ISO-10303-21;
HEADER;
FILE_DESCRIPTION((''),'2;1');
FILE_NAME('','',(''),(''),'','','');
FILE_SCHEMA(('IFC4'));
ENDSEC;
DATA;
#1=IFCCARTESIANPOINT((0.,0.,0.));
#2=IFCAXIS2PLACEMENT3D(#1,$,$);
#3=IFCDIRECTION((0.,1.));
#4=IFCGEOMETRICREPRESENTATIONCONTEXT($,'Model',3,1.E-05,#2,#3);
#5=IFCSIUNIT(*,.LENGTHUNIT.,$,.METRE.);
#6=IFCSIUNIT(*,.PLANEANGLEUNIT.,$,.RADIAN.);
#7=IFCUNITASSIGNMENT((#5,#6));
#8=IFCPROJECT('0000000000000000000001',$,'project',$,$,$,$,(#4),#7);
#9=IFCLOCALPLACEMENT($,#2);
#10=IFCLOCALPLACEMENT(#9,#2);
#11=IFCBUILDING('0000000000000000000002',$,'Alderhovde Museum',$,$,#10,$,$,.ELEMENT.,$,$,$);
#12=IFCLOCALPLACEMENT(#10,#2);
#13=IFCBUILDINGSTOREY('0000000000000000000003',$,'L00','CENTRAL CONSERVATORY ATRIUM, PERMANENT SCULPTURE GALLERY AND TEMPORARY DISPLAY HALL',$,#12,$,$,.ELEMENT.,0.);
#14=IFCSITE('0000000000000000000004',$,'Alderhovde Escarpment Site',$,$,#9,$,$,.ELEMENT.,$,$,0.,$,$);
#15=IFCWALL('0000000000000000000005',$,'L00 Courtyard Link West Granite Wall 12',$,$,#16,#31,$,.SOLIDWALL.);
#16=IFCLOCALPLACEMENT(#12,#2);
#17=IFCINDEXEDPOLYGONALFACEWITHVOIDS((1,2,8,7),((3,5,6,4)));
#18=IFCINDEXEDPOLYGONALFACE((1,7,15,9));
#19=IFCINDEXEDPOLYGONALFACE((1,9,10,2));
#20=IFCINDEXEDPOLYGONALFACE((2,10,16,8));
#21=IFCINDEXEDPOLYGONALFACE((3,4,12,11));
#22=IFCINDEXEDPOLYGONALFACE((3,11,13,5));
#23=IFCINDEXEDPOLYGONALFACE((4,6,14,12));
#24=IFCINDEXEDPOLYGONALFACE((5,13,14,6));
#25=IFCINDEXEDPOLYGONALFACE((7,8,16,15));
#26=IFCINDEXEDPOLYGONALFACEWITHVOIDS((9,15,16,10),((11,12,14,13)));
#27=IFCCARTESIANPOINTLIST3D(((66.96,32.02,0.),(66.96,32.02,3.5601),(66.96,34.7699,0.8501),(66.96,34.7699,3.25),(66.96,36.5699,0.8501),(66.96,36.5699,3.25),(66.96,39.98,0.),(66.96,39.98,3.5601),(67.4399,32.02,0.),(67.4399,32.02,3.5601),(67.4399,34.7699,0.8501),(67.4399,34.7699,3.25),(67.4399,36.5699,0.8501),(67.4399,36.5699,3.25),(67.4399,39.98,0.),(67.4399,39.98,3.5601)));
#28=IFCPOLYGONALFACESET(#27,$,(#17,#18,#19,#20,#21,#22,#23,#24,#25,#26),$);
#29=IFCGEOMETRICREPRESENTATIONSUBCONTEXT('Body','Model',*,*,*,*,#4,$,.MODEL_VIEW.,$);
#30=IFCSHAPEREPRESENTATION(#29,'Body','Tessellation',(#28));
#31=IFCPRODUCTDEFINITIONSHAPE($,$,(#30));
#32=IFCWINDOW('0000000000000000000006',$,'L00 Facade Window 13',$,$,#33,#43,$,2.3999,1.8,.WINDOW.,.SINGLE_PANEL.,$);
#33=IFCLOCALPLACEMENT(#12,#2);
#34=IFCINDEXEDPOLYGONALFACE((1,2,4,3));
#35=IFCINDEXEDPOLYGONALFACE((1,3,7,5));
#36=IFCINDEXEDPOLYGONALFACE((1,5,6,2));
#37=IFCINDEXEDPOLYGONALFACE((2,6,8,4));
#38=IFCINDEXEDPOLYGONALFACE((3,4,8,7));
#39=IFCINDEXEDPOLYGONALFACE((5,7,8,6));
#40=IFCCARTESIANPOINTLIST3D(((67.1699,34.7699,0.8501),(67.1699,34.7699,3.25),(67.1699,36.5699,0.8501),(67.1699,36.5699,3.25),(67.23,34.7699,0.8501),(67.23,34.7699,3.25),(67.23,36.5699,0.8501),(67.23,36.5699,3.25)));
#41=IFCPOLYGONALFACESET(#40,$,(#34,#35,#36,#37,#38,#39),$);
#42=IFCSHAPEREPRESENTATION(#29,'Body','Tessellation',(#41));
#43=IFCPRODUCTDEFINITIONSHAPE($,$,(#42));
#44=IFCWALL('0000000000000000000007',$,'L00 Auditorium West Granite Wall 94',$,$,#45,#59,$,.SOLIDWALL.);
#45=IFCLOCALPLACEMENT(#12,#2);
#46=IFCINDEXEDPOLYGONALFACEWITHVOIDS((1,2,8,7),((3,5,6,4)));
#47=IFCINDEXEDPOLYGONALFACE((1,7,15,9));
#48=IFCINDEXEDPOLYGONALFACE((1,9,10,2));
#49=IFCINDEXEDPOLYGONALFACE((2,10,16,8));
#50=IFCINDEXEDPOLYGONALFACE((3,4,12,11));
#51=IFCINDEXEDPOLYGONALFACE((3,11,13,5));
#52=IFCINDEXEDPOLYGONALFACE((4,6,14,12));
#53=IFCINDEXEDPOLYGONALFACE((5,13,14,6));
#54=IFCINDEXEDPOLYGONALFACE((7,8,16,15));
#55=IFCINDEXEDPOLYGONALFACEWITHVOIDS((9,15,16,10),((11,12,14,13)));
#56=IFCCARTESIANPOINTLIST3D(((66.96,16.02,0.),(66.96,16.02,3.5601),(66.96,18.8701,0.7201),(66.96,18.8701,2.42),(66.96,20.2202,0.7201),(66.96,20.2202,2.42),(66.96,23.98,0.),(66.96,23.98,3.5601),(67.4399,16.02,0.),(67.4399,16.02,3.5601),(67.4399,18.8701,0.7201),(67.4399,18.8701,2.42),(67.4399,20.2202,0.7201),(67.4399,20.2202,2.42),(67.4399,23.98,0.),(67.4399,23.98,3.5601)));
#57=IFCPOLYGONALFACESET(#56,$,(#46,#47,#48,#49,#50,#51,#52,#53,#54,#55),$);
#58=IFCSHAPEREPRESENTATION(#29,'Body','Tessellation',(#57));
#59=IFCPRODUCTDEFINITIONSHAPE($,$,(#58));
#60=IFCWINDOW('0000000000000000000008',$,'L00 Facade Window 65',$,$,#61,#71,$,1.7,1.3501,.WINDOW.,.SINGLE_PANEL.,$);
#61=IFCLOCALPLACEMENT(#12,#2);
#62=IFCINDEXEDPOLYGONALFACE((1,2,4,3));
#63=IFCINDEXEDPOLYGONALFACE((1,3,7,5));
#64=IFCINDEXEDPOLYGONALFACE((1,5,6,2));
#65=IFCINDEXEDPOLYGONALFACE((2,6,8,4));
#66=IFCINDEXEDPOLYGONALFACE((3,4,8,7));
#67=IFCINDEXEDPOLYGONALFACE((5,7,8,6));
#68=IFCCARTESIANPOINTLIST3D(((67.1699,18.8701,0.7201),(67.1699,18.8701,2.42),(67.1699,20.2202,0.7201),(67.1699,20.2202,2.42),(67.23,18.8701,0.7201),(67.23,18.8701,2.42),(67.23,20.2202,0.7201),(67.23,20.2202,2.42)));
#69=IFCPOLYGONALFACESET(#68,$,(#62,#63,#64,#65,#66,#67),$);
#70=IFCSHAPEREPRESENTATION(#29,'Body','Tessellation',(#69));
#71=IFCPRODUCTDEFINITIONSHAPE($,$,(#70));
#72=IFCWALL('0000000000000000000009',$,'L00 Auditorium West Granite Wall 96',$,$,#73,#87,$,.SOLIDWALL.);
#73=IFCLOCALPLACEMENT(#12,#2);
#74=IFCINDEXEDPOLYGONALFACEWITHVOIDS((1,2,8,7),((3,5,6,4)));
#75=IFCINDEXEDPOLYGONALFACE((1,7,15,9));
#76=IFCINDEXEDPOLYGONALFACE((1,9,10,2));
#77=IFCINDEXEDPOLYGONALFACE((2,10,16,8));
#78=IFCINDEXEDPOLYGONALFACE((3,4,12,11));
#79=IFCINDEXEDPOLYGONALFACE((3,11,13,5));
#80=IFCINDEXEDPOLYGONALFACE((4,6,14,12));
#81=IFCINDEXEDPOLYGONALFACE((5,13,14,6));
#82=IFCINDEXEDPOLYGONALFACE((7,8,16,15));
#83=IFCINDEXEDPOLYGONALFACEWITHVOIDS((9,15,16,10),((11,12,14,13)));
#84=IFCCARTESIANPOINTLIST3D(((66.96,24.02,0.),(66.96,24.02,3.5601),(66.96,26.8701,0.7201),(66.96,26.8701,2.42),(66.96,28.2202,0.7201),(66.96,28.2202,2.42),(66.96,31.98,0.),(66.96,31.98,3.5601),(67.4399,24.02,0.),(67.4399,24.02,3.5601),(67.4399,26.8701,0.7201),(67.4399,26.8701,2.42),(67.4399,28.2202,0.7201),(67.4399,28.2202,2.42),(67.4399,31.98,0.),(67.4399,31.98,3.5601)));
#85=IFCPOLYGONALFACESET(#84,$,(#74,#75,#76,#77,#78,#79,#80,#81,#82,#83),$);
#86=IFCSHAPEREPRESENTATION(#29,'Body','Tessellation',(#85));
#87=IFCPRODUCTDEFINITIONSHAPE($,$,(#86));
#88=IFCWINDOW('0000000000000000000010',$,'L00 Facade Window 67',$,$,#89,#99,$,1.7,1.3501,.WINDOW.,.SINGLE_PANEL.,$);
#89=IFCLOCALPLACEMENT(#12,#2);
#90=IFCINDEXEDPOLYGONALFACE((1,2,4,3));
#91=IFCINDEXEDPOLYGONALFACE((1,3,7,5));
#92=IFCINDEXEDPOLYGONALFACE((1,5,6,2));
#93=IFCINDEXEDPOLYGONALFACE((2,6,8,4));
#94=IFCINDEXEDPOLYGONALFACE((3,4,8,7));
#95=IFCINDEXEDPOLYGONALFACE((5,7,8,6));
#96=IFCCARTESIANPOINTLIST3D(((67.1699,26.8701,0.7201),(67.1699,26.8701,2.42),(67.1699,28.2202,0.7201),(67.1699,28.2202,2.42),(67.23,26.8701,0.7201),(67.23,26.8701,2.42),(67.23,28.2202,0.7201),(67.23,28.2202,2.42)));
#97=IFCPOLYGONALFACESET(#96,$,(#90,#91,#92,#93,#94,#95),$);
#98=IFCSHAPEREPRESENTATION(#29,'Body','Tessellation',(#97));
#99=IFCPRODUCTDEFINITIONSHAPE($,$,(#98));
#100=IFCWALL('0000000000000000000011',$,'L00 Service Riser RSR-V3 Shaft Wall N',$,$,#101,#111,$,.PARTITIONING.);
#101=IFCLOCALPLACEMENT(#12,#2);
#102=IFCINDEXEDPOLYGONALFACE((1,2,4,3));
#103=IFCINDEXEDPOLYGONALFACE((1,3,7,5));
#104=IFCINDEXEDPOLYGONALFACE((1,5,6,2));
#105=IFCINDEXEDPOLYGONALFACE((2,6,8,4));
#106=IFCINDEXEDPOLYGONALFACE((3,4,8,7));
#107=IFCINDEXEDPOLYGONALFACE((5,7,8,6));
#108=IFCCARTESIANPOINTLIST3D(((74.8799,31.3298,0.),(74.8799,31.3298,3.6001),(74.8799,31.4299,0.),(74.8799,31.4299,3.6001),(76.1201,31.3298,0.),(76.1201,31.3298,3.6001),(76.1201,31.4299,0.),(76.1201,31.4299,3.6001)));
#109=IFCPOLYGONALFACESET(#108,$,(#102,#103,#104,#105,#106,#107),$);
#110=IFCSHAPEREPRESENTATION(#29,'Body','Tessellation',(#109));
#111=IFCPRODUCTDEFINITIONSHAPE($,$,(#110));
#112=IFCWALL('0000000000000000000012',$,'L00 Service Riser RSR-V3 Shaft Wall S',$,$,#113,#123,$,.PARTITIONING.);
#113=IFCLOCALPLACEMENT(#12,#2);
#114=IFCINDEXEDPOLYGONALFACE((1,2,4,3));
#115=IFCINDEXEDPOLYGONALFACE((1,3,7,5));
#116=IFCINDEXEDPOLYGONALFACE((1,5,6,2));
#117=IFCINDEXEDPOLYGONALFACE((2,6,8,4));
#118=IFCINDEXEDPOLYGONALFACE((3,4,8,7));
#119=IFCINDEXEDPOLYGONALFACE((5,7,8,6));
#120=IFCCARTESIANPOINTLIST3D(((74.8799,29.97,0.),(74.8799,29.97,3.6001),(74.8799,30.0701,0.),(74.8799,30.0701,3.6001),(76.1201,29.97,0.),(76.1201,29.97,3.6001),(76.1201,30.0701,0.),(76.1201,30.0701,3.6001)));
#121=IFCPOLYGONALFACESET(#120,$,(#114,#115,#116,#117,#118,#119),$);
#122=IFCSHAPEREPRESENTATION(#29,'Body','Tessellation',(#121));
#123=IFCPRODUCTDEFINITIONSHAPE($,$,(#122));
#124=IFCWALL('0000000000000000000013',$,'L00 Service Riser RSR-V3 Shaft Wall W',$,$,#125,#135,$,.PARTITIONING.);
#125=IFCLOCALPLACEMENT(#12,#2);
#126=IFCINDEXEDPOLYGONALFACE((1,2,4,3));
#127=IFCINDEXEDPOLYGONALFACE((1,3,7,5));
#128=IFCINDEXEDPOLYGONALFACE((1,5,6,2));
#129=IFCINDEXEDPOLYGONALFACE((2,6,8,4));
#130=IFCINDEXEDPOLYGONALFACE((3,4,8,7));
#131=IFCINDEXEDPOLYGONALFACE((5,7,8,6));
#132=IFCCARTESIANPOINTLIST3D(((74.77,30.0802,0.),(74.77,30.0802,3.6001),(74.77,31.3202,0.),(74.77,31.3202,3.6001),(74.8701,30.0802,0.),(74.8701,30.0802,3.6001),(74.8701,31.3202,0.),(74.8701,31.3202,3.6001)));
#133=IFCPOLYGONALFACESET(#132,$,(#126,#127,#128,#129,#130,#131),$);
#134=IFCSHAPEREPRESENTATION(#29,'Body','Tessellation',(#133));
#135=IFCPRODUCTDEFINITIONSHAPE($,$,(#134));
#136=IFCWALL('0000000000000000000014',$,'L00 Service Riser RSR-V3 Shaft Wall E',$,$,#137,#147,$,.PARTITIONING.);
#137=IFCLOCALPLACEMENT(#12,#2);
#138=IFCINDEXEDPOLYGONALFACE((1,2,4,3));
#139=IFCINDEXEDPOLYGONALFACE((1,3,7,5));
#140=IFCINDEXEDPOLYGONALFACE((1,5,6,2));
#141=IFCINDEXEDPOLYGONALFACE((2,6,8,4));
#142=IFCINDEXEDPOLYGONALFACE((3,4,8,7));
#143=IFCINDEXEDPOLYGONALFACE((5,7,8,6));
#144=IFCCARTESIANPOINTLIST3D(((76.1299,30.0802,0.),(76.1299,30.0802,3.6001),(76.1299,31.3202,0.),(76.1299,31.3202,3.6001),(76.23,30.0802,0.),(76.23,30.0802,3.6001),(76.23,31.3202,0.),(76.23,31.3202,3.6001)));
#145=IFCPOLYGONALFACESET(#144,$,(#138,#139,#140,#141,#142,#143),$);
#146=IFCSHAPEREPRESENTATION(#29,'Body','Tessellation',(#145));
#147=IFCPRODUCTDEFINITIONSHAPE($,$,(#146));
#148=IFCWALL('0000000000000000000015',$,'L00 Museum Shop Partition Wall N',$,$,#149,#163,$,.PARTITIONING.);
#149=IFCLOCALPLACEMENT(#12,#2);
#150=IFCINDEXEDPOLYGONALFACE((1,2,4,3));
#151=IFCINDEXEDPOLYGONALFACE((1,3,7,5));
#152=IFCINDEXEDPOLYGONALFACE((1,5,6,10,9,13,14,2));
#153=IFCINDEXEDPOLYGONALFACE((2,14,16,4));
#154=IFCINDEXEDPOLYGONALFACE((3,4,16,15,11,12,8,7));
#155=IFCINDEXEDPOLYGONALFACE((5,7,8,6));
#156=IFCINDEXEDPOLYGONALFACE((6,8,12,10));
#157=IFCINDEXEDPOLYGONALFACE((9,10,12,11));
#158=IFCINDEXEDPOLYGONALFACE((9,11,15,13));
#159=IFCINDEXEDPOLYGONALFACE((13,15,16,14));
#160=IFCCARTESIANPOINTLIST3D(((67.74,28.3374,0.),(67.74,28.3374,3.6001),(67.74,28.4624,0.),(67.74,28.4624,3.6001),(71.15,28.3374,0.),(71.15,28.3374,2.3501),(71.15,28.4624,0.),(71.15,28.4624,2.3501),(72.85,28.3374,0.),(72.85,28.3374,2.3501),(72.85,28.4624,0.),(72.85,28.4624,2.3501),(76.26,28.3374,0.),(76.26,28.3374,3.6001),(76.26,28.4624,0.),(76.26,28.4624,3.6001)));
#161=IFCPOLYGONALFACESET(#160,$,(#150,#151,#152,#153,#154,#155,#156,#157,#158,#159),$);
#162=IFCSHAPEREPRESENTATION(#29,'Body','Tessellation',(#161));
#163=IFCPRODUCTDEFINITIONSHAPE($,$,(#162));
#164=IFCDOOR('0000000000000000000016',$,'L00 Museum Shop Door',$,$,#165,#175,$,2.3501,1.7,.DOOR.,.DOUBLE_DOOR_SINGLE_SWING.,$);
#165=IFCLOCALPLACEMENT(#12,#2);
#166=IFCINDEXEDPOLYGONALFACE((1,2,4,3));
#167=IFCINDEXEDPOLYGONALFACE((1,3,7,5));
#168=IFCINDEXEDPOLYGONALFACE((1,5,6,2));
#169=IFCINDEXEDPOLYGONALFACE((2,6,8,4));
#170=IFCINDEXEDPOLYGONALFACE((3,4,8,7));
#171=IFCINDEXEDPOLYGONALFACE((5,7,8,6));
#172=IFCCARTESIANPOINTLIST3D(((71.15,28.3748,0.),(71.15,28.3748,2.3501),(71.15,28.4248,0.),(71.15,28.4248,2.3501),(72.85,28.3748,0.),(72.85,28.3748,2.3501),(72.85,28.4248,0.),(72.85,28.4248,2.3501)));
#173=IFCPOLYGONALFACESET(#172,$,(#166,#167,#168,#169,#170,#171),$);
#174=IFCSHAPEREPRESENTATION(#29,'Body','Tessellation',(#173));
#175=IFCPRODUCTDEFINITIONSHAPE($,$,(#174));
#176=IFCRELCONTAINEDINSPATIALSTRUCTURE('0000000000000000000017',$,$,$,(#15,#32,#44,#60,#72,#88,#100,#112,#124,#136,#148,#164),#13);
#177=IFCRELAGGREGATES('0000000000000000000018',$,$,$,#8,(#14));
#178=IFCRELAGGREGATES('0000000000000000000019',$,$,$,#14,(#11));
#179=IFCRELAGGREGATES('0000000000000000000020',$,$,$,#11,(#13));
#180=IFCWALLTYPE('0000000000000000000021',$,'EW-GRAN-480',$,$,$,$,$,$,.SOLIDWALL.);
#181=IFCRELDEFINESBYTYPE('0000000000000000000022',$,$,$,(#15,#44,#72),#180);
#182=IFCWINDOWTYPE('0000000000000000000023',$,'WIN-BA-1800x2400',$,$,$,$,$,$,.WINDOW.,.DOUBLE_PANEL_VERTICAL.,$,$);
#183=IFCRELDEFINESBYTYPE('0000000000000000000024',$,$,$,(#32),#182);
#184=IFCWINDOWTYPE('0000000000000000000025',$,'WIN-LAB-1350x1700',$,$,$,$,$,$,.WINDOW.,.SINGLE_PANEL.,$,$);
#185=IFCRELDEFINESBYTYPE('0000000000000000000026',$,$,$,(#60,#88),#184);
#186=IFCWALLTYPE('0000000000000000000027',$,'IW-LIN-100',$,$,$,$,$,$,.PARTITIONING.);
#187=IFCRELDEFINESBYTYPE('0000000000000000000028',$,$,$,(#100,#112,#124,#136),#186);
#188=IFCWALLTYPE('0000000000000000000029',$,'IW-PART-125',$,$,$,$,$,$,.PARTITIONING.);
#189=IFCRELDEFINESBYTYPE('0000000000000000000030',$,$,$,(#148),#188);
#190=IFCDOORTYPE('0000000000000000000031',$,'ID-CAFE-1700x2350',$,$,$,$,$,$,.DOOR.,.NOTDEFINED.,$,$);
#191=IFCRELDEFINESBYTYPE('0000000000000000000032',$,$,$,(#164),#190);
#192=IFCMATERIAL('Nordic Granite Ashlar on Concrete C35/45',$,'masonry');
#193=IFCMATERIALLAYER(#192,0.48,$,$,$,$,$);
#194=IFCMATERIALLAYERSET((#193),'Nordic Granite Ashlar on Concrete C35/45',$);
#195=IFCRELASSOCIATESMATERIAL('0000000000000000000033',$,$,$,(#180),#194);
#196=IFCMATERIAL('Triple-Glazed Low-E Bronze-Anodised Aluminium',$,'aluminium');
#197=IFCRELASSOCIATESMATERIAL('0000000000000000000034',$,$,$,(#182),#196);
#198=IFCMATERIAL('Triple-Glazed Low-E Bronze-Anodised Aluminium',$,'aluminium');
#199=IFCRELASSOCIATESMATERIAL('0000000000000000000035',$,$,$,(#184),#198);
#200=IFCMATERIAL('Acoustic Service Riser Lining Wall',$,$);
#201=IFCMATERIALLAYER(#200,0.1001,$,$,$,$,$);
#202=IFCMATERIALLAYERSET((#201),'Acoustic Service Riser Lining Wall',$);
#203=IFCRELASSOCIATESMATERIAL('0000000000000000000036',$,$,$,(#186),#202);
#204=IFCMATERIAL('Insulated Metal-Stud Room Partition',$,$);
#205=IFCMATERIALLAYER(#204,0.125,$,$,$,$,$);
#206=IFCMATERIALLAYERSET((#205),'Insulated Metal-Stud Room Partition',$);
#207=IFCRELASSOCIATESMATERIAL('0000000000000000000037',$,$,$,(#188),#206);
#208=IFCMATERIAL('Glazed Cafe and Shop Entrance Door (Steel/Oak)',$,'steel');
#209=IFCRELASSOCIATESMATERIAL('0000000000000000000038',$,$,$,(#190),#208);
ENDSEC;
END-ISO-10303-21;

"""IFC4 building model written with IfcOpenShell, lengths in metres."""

from ifc_helpers import new_model, si_unit, direction, frame, frame_2d, origin, place, context, subcontext, project, spatial, rectangle, extrude, material, layer, layer_set, type_object, element, fill, save


model = new_model("IFC4")

# Units and contexts
model_context = context("Model", 3, precision=1e-05, world=origin(), true_north=direction((0.0, 1.0)))
body_context = subcontext(model_context, "Body", "Model", "MODEL_VIEW")
ifc_project = project(units=[si_unit("LENGTHUNIT", "METRE"), si_unit("PLANEANGLEUNIT", "RADIAN")], contexts=[model_context])

# Site, building, storey
site_placement = place(None, origin())
site = spatial("IfcSite", under=ifc_project, at=site_placement, Name="Alderhovde Escarpment Site", CompositionType="ELEMENT", RefElevation=0.0)
building_placement = place(site_placement, origin())
building = spatial("IfcBuilding", under=site, at=building_placement, Name="Alderhovde Museum", CompositionType="ELEMENT")
storey_placement = place(building_placement, origin())
storey = spatial("IfcBuildingStorey", under=building, at=storey_placement, Name="L00", Description="CENTRAL CONSERVATORY ATRIUM, PERMANENT SCULPTURE GALLERY AND TEMPORARY DISPLAY HALL", CompositionType="ELEMENT", Elevation=0.0)

# Walls, openings, windows
ifc_material_1 = material(Name="Nordic Granite Ashlar on Concrete C35/45", Category="masonry")
ifc_layer_1 = layer(ifc_material_1, 0.48)
ifc_layer_set_1 = layer_set([ifc_layer_1], Name="Nordic Granite Ashlar on Concrete C35/45")
wall_type_1 = type_object("IfcWallType", Name="EW-GRAN-480", PredefinedType="SOLIDWALL", material=ifc_layer_set_1)
wall_1_placement = place(storey_placement, frame((67.2, 32.02, 0.0), z_axis=(0.0, 0.0, 1.0), x_axis=(0.0, 1.0, 0.0)))
wall_1 = element("IfcWall", 1, at=wall_1_placement, inside=storey, type_object=wall_type_1, Name="L00 Courtyard Link West Granite Wall 12", PredefinedType="SOLIDWALL", context=body_context, shape_type="SweptSolid", body=[
    extrude(rectangle(XDim=7.96, YDim=0.48, at=frame_2d((3.98, 0.0))), origin(), (0.0, 0.0, 1.0), 3.5601),
])
opening_1_placement = place(wall_1_placement, frame((2.75, 0.0, 0.8501)))
opening_1 = element("IfcOpeningElement", 2, at=opening_1_placement, cuts=wall_1, PredefinedType="OPENING", context=body_context, shape_type="SweptSolid", body=[
    extrude(rectangle(XDim=1.8, YDim=2.3999, at=frame_2d((0.8999, 1.2))), frame((0.0, 0.25, 0.0), z_axis=(0.0, -1.0, 0.0), x_axis=(1.0, 0.0, 0.0)), (0.0, 0.0, 1.0), 0.5),
])
ifc_material_2 = material(Name="Triple-Glazed Low-E Bronze-Anodised Aluminium", Category="aluminium")
window_type_1 = type_object("IfcWindowType", Name="WIN-BA-1800x2400", PartitioningType="DOUBLE_PANEL_VERTICAL", PredefinedType="WINDOW", material=ifc_material_2)
window_1_placement = place(opening_1_placement, origin())
window_1 = element("IfcWindow", 3, at=window_1_placement, inside=storey, type_object=window_type_1, Name="L00 Facade Window 13", OverallHeight=2.3999, OverallWidth=1.8, PartitioningType="SINGLE_PANEL", PredefinedType="WINDOW", context=body_context, shape_type="SweptSolid", body=[
    extrude(rectangle(XDim=1.8, YDim=2.3999, at=frame_2d((0.8999, 1.2))), frame((0.0, 0.03, 0.0), z_axis=(0.0, -1.0, 0.0), x_axis=(1.0, 0.0, 0.0)), (0.0, 0.0, 1.0), 0.0601),
])
fill(opening_1, window_1)
wall_2_placement = place(storey_placement, frame((67.2, 16.02, 0.0), z_axis=(0.0, 0.0, 1.0), x_axis=(0.0, 1.0, 0.0)))
wall_2 = element("IfcWall", 4, at=wall_2_placement, inside=storey, type_object=wall_type_1, Name="L00 Auditorium West Granite Wall 94", PredefinedType="SOLIDWALL", context=body_context, shape_type="SweptSolid", body=[
    extrude(rectangle(XDim=7.96, YDim=0.48, at=frame_2d((3.98, 0.0))), origin(), (0.0, 0.0, 1.0), 3.5601),
])
opening_2_placement = place(wall_2_placement, frame((2.8501, 0.0, 0.72)))
opening_2 = element("IfcOpeningElement", 5, at=opening_2_placement, cuts=wall_2, PredefinedType="OPENING", context=body_context, shape_type="SweptSolid", body=[
    extrude(rectangle(XDim=1.3501, YDim=1.7, at=frame_2d((0.675, 0.8501))), frame((0.0, 0.25, 0.0), z_axis=(0.0, -1.0, 0.0), x_axis=(1.0, 0.0, 0.0)), (0.0, 0.0, 1.0), 0.5),
])
ifc_material_3 = material(Name="Triple-Glazed Low-E Bronze-Anodised Aluminium", Category="aluminium")
window_type_2 = type_object("IfcWindowType", Name="WIN-LAB-1350x1700", PartitioningType="SINGLE_PANEL", PredefinedType="WINDOW", material=ifc_material_3)
window_2_placement = place(opening_2_placement, origin())
window_2 = element("IfcWindow", 6, at=window_2_placement, inside=storey, type_object=window_type_2, Name="L00 Facade Window 65", OverallHeight=1.7, OverallWidth=1.3501, PartitioningType="SINGLE_PANEL", PredefinedType="WINDOW", context=body_context, shape_type="SweptSolid", body=[
    extrude(rectangle(XDim=1.3501, YDim=1.7, at=frame_2d((0.675, 0.8501))), frame((0.0, 0.03, 0.0), z_axis=(0.0, -1.0, 0.0), x_axis=(1.0, 0.0, 0.0)), (0.0, 0.0, 1.0), 0.0601),
])
fill(opening_2, window_2)
wall_3_placement = place(storey_placement, frame((67.2, 24.02, 0.0), z_axis=(0.0, 0.0, 1.0), x_axis=(0.0, 1.0, 0.0)))
wall_3 = element("IfcWall", 7, at=wall_3_placement, inside=storey, type_object=wall_type_1, Name="L00 Auditorium West Granite Wall 96", PredefinedType="SOLIDWALL", context=body_context, shape_type="SweptSolid", body=[
    extrude(rectangle(XDim=7.96, YDim=0.48, at=frame_2d((3.98, 0.0))), origin(), (0.0, 0.0, 1.0), 3.5601),
])
opening_3_placement = place(wall_3_placement, frame((2.8501, 0.0, 0.72)))
opening_3 = element("IfcOpeningElement", 8, at=opening_3_placement, cuts=wall_3, PredefinedType="OPENING", context=body_context, shape_type="SweptSolid", body=[
    extrude(rectangle(XDim=1.3501, YDim=1.7, at=frame_2d((0.675, 0.8501))), frame((0.0, 0.25, 0.0), z_axis=(0.0, -1.0, 0.0), x_axis=(1.0, 0.0, 0.0)), (0.0, 0.0, 1.0), 0.5),
])
window_3_placement = place(opening_3_placement, origin())
window_3 = element("IfcWindow", 9, at=window_3_placement, inside=storey, type_object=window_type_2, Name="L00 Facade Window 67", OverallHeight=1.7, OverallWidth=1.3501, PartitioningType="SINGLE_PANEL", PredefinedType="WINDOW", context=body_context, shape_type="SweptSolid", body=[
    extrude(rectangle(XDim=1.3501, YDim=1.7, at=frame_2d((0.675, 0.8501))), frame((0.0, 0.03, 0.0), z_axis=(0.0, -1.0, 0.0), x_axis=(1.0, 0.0, 0.0)), (0.0, 0.0, 1.0), 0.0601),
])
fill(opening_3, window_3)

# Walls
ifc_material_4 = material(Name="Acoustic Service Riser Lining Wall")
ifc_layer_2 = layer(ifc_material_4, 0.1001)
ifc_layer_set_2 = layer_set([ifc_layer_2], Name="Acoustic Service Riser Lining Wall")
wall_type_2 = type_object("IfcWallType", Name="IW-LIN-100", PredefinedType="PARTITIONING", material=ifc_layer_set_2)
for number, where, z_axis, x_axis, name in (
    (10, (74.8799, 31.3799, 0.0), (0.0, 0.0, 1.0), (1.0, 0.0, 0.0), "L00 Service Riser RSR-V3 Shaft Wall N"),
    (11, (74.8799, 30.02, 0.0), (0.0, 0.0, 1.0), (1.0, 0.0, 0.0), "L00 Service Riser RSR-V3 Shaft Wall S"),
):
    element("IfcWall", number, at=place(storey_placement, frame(where, z_axis=z_axis, x_axis=x_axis)), inside=storey, type_object=wall_type_2, Name=name, PredefinedType="PARTITIONING", context=body_context, shape_type="SweptSolid", body=[
        extrude(rectangle(XDim=1.2402, YDim=0.1001, at=frame_2d((0.6201, 0.0))), origin(), (0.0, 0.0, 1.0), 3.6001),
    ])
for number, where, z_axis, x_axis, name in (
    (12, (74.8201, 30.0801, 0.0), (0.0, 0.0, 1.0), (0.0, 1.0, 0.0), "L00 Service Riser RSR-V3 Shaft Wall W"),
    (13, (76.1799, 30.0801, 0.0), (0.0, 0.0, 1.0), (0.0, 1.0, 0.0), "L00 Service Riser RSR-V3 Shaft Wall E"),
):
    element("IfcWall", number, at=place(storey_placement, frame(where, z_axis=z_axis, x_axis=x_axis)), inside=storey, type_object=wall_type_2, Name=name, PredefinedType="PARTITIONING", context=body_context, shape_type="SweptSolid", body=[
        extrude(rectangle(XDim=1.24, YDim=0.1001, at=frame_2d((0.6201, 0.0))), origin(), (0.0, 0.0, 1.0), 3.6001),
    ])

# Wall, opening, door
ifc_material_5 = material(Name="Insulated Metal-Stud Room Partition")
ifc_layer_3 = layer(ifc_material_5, 0.125)
ifc_layer_set_3 = layer_set([ifc_layer_3], Name="Insulated Metal-Stud Room Partition")
wall_type_3 = type_object("IfcWallType", Name="IW-PART-125", PredefinedType="PARTITIONING", material=ifc_layer_set_3)
wall_4_placement = place(storey_placement, frame((67.74, 28.3999, 0.0), z_axis=(0.0, 0.0, 1.0), x_axis=(1.0, 0.0, 0.0)))
wall_4 = element("IfcWall", 14, at=wall_4_placement, inside=storey, type_object=wall_type_3, Name="L00 Museum Shop Partition Wall N", PredefinedType="PARTITIONING", context=body_context, shape_type="SweptSolid", body=[
    extrude(rectangle(XDim=8.52, YDim=0.125, at=frame_2d((4.26, 0.0))), origin(), (0.0, 0.0, 1.0), 3.6001),
])
opening_4_placement = place(wall_4_placement, frame((3.4099, 0.0, 0.0)))
opening_4 = element("IfcOpeningElement", 15, at=opening_4_placement, cuts=wall_4, PredefinedType="OPENING", context=body_context, shape_type="SweptSolid", body=[
    extrude(rectangle(XDim=1.7, YDim=2.3501, at=frame_2d((0.8501, 1.175))), frame((0.0, 0.0725, 0.0), z_axis=(0.0, -1.0, 0.0), x_axis=(1.0, 0.0, 0.0)), (0.0, 0.0, 1.0), 0.145),
])
ifc_material_6 = material(Name="Glazed Cafe and Shop Entrance Door (Steel/Oak)", Category="steel")
door_type = type_object("IfcDoorType", Name="ID-CAFE-1700x2350", OperationType="NOTDEFINED", PredefinedType="DOOR", material=ifc_material_6)
door_placement = place(opening_4_placement, origin())
door = element("IfcDoor", 16, at=door_placement, inside=storey, type_object=door_type, Name="L00 Museum Shop Door", OperationType="DOUBLE_DOOR_SINGLE_SWING", OverallHeight=2.3501, OverallWidth=1.7, PredefinedType="DOOR", context=body_context, shape_type="SweptSolid", body=[
    extrude(rectangle(XDim=1.7, YDim=2.3501, at=frame_2d((0.8501, 1.175))), frame((0.0, 0.0249, 0.0), z_axis=(0.0, -1.0, 0.0), x_axis=(1.0, 0.0, 0.0)), (0.0, 0.0, 1.0), 0.05),
])
fill(opening_4, door)

save(model, "model.ifc")
